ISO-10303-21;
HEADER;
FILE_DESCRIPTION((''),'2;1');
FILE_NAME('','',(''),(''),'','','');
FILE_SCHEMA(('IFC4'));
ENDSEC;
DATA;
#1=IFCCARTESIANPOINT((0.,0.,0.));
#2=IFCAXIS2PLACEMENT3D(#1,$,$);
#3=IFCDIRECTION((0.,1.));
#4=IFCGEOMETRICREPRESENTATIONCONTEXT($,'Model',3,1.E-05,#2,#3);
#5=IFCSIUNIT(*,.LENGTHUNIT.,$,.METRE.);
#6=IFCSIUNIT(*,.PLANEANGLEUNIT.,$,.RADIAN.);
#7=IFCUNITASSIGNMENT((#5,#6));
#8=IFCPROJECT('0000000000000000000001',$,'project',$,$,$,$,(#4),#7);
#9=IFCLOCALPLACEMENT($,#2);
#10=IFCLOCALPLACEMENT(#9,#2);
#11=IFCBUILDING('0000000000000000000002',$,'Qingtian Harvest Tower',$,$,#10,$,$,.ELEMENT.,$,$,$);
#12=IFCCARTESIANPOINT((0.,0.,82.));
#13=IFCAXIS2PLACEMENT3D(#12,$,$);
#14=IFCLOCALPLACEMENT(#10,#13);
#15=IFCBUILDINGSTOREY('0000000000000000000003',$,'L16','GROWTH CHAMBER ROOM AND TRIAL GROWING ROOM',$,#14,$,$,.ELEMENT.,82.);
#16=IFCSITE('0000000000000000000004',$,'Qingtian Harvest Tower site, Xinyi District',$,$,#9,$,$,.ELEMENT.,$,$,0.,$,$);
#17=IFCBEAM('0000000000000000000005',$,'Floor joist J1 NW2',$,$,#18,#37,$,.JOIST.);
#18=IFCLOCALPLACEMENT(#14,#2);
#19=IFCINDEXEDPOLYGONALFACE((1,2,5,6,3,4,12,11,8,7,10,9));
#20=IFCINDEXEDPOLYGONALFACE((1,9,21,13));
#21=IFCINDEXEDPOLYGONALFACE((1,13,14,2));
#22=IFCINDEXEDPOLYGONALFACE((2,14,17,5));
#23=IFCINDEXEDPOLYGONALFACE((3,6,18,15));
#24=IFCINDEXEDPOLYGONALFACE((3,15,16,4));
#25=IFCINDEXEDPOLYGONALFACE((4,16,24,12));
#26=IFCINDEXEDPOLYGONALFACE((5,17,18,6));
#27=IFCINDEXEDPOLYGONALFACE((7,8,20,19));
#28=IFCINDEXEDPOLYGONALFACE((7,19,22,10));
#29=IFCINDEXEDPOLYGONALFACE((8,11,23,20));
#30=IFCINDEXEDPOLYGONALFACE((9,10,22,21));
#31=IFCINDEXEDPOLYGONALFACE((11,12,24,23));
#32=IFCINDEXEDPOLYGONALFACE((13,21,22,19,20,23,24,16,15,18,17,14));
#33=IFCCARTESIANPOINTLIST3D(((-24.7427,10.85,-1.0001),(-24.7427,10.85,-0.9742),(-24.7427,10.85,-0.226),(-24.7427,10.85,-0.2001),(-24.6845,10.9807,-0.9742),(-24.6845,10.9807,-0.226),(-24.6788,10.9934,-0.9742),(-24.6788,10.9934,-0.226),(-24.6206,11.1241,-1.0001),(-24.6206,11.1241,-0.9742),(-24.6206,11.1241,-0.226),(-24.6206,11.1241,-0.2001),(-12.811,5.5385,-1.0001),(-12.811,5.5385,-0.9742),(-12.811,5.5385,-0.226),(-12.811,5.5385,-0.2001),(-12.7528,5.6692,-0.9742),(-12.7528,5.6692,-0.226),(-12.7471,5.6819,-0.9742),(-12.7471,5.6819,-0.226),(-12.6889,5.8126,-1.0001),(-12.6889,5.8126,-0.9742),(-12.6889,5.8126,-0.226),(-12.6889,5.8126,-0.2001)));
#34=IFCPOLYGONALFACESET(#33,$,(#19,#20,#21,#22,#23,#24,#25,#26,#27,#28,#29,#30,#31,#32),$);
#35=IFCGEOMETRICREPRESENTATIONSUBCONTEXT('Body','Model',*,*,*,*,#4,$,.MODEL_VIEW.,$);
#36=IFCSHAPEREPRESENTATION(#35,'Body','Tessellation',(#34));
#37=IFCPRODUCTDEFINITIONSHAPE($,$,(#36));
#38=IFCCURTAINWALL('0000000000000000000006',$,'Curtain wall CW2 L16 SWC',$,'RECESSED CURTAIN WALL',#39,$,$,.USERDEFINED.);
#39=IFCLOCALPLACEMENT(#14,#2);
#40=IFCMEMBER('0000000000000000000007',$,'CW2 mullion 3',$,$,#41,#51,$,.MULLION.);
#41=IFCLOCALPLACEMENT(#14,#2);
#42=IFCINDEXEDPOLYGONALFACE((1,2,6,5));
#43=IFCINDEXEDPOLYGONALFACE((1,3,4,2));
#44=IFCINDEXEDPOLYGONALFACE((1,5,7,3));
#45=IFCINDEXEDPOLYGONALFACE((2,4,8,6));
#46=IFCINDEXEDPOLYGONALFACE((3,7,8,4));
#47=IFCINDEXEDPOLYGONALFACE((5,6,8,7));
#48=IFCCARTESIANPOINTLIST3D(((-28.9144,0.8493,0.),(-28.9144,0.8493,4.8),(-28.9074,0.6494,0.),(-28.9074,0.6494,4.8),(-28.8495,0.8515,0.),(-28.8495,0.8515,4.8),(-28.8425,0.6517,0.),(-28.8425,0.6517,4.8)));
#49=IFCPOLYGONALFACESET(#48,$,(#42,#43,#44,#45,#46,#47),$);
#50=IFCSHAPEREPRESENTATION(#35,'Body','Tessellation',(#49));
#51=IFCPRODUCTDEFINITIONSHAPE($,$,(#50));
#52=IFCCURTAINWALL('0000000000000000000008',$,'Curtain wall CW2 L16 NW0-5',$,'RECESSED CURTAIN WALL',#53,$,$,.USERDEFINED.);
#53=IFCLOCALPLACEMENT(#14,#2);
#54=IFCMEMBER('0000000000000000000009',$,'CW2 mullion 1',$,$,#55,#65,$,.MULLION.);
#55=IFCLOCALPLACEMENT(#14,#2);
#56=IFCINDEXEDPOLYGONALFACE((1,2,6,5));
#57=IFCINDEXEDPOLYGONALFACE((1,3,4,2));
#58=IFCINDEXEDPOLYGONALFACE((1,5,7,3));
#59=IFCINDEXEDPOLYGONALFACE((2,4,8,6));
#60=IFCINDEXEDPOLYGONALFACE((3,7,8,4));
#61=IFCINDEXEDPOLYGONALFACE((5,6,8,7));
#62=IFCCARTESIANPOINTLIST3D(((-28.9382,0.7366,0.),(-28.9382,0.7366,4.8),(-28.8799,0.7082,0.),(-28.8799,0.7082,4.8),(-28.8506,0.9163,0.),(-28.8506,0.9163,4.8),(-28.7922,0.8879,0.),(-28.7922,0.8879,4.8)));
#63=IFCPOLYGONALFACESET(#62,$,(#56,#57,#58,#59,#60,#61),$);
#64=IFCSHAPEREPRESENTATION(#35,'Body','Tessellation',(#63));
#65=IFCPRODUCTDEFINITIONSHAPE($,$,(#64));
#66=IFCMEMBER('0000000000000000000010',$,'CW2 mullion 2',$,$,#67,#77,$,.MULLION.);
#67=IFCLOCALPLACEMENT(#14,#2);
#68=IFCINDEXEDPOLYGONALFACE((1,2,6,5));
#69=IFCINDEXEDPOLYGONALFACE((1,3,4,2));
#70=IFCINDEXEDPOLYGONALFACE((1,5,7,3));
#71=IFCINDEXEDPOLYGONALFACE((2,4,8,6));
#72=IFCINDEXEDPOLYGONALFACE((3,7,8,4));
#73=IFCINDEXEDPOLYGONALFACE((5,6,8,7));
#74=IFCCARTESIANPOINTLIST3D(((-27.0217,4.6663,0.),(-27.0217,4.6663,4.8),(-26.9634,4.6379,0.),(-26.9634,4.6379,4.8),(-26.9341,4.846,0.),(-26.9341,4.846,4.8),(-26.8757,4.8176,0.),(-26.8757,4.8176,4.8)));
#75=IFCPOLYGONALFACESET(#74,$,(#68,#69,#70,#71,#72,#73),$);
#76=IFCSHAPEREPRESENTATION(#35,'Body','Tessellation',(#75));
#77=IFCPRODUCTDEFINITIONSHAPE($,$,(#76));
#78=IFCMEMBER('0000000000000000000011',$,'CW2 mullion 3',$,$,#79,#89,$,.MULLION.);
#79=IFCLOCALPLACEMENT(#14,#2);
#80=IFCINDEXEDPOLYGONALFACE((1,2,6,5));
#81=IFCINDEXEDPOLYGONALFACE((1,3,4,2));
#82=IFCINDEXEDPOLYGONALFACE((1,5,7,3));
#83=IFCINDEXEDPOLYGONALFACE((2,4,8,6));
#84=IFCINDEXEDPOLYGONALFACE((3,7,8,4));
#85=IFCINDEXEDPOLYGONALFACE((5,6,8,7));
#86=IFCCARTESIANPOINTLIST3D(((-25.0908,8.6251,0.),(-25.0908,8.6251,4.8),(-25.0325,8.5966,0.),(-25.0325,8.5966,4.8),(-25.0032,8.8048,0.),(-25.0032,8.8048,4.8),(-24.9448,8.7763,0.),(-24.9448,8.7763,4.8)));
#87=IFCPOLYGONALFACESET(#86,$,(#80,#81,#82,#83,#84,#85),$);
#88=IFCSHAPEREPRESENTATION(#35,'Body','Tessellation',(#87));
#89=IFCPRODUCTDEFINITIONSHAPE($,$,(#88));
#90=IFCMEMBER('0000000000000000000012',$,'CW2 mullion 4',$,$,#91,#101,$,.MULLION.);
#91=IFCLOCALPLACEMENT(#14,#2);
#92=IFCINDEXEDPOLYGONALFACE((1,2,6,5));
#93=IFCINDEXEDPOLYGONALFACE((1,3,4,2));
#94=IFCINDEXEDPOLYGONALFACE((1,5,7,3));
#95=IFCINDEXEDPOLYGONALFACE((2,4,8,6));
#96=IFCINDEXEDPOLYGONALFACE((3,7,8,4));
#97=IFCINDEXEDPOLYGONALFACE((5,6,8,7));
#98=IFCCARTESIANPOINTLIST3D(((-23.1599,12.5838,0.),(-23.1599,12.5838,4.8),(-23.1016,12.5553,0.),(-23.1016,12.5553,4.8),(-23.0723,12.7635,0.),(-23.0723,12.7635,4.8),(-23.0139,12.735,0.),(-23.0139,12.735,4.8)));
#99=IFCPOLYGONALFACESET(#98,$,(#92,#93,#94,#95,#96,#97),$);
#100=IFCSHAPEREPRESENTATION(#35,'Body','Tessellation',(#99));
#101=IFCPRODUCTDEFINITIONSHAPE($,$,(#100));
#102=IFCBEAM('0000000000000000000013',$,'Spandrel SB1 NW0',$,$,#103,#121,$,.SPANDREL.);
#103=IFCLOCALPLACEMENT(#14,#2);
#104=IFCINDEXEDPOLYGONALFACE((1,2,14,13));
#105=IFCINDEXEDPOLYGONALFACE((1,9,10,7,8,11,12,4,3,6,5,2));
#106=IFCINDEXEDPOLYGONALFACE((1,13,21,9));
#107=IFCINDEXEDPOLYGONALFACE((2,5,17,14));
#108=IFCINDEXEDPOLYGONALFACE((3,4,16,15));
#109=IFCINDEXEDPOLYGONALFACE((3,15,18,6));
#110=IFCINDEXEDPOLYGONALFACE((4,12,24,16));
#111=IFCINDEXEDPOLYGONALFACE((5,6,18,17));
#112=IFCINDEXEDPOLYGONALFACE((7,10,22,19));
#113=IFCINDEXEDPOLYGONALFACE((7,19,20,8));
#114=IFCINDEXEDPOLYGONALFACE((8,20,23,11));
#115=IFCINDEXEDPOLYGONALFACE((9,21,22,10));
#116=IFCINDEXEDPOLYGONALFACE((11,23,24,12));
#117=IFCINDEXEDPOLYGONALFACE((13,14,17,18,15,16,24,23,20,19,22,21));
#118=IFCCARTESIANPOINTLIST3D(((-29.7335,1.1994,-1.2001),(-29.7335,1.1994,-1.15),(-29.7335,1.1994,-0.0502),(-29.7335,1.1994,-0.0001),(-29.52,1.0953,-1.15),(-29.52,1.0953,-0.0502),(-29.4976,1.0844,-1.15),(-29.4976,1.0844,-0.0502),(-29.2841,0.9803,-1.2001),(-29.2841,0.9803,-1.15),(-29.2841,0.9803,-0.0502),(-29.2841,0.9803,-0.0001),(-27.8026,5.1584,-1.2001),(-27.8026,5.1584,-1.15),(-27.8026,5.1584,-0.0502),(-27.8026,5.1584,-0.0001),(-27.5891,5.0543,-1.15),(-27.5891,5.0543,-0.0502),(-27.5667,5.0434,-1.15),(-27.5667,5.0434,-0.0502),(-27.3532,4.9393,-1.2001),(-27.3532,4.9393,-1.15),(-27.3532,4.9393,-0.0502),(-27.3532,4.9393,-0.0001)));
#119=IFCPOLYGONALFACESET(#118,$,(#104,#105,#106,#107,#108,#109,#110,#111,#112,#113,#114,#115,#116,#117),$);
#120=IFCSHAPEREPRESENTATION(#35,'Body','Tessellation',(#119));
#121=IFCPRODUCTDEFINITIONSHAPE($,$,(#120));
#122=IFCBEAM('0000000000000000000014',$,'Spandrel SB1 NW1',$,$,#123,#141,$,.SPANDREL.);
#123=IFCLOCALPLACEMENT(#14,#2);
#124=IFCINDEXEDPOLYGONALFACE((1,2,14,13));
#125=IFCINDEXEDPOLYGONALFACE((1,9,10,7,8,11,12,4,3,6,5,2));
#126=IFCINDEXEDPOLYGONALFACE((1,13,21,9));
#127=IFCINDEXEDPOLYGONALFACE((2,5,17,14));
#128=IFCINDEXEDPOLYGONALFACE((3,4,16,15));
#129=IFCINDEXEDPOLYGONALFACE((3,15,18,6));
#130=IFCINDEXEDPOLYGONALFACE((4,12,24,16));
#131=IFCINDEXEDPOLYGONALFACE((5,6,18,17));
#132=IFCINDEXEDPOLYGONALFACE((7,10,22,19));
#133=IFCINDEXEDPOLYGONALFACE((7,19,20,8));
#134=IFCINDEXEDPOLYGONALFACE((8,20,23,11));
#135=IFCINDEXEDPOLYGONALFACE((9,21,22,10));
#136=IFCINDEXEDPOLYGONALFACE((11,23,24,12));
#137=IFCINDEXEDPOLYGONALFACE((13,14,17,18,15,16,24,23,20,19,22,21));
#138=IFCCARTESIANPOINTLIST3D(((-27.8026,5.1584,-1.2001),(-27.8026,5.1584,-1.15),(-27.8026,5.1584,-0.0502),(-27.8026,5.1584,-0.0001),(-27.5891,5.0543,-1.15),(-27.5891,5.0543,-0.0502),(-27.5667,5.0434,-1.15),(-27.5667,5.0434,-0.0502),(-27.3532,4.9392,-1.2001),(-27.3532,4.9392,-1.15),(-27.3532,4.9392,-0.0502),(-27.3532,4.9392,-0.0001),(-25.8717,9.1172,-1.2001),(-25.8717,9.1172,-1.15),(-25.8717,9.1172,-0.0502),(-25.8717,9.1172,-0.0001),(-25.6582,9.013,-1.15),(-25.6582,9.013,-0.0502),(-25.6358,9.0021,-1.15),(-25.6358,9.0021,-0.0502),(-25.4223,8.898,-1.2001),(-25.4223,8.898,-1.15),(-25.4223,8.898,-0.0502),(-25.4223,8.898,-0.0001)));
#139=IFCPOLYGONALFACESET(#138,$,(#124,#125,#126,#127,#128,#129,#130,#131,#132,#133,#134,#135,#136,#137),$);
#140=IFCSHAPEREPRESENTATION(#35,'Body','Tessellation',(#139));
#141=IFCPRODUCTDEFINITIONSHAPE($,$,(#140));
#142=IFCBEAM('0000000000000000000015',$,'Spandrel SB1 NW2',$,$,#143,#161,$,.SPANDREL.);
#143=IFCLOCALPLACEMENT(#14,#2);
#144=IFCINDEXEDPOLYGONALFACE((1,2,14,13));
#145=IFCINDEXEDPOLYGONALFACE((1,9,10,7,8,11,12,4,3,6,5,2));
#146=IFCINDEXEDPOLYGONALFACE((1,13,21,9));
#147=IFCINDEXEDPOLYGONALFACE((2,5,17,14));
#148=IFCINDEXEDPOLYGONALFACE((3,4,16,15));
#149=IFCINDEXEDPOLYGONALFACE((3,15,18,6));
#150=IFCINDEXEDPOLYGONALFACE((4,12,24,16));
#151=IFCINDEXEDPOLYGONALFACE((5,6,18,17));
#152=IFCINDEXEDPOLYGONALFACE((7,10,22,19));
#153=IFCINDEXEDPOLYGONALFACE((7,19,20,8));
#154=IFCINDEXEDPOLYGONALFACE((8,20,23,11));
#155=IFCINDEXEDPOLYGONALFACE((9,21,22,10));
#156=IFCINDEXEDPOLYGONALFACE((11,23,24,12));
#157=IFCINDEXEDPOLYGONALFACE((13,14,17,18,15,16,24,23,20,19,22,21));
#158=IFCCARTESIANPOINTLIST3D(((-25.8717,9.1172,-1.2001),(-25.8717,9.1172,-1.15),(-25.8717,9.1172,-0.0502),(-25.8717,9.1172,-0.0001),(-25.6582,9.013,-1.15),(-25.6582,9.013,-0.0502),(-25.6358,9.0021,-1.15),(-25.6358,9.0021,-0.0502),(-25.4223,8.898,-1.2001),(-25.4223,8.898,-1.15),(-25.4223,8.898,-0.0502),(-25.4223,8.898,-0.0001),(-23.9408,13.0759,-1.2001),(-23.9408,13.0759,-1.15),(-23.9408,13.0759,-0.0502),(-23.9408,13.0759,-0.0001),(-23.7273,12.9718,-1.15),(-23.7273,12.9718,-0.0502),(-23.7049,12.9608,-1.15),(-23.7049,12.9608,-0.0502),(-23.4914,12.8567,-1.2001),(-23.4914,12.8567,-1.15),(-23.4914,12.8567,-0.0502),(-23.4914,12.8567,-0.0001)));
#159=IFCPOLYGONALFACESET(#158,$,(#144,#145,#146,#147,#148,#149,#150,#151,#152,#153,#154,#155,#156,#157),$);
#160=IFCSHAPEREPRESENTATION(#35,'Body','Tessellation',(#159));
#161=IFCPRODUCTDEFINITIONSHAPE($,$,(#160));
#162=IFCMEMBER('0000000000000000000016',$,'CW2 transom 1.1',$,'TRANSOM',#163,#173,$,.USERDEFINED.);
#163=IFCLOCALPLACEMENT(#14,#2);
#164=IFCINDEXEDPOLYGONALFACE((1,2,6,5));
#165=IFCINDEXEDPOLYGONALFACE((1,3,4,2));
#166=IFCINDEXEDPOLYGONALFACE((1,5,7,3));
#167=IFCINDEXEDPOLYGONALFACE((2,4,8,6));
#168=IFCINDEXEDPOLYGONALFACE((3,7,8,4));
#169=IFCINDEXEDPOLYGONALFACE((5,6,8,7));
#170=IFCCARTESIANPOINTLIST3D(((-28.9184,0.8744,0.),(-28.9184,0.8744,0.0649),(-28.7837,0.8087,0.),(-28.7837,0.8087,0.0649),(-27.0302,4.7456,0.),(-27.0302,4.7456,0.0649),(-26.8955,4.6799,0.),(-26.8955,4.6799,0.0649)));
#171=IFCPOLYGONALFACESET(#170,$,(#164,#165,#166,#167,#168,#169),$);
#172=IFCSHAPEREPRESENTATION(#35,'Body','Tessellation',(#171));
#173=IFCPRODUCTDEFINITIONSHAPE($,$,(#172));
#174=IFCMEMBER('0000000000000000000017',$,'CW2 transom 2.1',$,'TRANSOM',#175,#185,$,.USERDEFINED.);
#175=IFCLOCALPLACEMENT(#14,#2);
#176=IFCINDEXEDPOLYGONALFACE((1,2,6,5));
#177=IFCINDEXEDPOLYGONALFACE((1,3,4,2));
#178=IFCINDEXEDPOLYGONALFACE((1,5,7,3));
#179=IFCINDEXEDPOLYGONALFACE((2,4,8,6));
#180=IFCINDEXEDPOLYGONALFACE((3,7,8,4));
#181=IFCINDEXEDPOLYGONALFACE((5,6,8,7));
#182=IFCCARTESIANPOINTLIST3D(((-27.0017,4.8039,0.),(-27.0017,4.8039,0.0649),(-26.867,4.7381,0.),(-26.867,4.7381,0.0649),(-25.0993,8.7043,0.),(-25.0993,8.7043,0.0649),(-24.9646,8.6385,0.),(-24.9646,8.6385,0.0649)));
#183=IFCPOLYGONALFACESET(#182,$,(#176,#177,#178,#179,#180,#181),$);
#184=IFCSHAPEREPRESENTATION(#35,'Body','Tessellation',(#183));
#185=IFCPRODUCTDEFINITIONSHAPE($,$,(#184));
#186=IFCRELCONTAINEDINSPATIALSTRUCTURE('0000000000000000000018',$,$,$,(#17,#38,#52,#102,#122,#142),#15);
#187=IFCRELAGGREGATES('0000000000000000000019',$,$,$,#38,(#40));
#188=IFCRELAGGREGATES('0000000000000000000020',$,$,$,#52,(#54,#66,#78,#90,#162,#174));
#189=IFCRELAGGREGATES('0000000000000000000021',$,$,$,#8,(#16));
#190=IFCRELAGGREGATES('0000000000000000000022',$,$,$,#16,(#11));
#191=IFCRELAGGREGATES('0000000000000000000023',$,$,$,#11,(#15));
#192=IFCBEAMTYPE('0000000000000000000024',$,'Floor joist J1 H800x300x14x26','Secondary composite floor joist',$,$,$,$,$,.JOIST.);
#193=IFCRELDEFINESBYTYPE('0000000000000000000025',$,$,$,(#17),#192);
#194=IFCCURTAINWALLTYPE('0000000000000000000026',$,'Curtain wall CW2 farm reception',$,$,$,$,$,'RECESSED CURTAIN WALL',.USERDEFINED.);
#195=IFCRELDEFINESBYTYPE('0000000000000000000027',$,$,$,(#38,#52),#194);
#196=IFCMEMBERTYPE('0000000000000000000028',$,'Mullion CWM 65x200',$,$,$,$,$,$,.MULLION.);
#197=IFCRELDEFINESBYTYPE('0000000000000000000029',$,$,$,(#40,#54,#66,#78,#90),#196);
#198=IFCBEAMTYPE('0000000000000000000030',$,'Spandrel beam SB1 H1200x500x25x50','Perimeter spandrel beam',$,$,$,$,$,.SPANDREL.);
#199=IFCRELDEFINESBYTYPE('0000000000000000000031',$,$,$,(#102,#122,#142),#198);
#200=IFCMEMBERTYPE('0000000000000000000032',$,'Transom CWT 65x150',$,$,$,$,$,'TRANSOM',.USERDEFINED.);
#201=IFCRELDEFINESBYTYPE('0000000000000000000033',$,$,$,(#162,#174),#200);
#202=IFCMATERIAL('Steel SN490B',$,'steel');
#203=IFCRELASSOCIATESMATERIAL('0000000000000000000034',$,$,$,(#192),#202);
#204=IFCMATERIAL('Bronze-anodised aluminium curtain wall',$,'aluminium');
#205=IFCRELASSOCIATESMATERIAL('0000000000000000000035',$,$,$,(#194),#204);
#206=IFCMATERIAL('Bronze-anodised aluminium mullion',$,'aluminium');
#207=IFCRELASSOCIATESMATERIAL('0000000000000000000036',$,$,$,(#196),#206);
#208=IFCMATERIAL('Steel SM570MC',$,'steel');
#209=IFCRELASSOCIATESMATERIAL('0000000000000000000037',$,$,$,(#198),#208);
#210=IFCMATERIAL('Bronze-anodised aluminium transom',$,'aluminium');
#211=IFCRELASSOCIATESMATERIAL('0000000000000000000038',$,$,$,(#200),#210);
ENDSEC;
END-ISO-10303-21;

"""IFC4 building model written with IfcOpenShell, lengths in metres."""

from ifc_helpers import new_model, si_unit, direction, frame, origin, origin_2d, place, context, subcontext, project, spatial, rectangle, i_section, extrude, material, material_profile, profile_set, type_object, element, aggregate, save


model = new_model("IFC4")

# Units and contexts
model_context = context("Model", 3, precision=1e-05, world=origin(), true_north=direction((0.0, 1.0)))
body_context = subcontext(model_context, "Body", "Model", "MODEL_VIEW")
ifc_project = project(units=[si_unit("LENGTHUNIT", "METRE"), si_unit("PLANEANGLEUNIT", "RADIAN")], contexts=[model_context])

# Site, building, storey
site_placement = place(None, origin())
site = spatial("IfcSite", under=ifc_project, at=site_placement, Name="Qingtian Harvest Tower site, Xinyi District", CompositionType="ELEMENT", RefElevation=0.0)
building_placement = place(site_placement, origin())
building = spatial("IfcBuilding", under=site, at=building_placement, Name="Qingtian Harvest Tower", CompositionType="ELEMENT")
storey_placement = place(building_placement, frame((0.0, 0.0, 82.0)))
storey = spatial("IfcBuildingStorey", under=building, at=storey_placement, Name="L16", Description="GROWTH CHAMBER ROOM AND TRIAL GROWING ROOM", CompositionType="ELEMENT", Elevation=82.0)

# Beam
ifc_material_1 = material(Name="Steel SN490B", Category="steel")
ifc_material_profile_1 = material_profile(ifc_material_1, i_section(OverallWidth=0.3, OverallDepth=0.8, WebThickness=0.0139, FlangeThickness=0.0259, at=origin_2d()), Name="H800x300x14x26")
ifc_profile_set_1 = profile_set([ifc_material_profile_1], Name="Steel SN490B")
beam_type_1 = type_object("IfcBeamType", Name="Floor joist J1 H800x300x14x26", Description="Secondary composite floor joist", PredefinedType="JOIST", material=ifc_profile_set_1)
beam_1_placement = place(storey_placement, frame((-24.6816, 10.9871, -0.6001), z_axis=(0.913568, -0.406686, 0.0), x_axis=(0.406686, 0.913568, 0.0)))
element("IfcBeam", 1, at=beam_1_placement, inside=storey, type_object=beam_type_1, Name="Floor joist J1 NW2", PredefinedType="JOIST", context=body_context, shape_type="SweptSolid", body=[
    extrude(i_section(OverallWidth=0.3, OverallDepth=0.8, WebThickness=0.0139, FlangeThickness=0.0259, at=origin_2d()), origin(), (0.0, 0.0, 1.0), 13.0605),
])

# Curtain wall, member
ifc_material_2 = material(Name="Bronze-anodised aluminium curtain wall", Category="aluminium")
curtain_wall_type = type_object("IfcCurtainWallType", Name="Curtain wall CW2 farm reception", ElementType="RECESSED CURTAIN WALL", PredefinedType="USERDEFINED", material=ifc_material_2)
curtain_wall_1_placement = place(storey_placement, origin())
curtain_wall_1 = element("IfcCurtainWall", 2, at=curtain_wall_1_placement, inside=storey, type_object=curtain_wall_type, Name="Curtain wall CW2 L16 SWC", ObjectType="RECESSED CURTAIN WALL", PredefinedType="USERDEFINED")
ifc_material_3 = material(Name="Bronze-anodised aluminium mullion", Category="aluminium")
ifc_material_profile_2 = material_profile(ifc_material_3, rectangle(XDim=0.0649, YDim=0.2, at=origin_2d()), Name="AL 65x200")
ifc_profile_set_2 = profile_set([ifc_material_profile_2], Name="Bronze-anodised aluminium mullion")
member_type_1 = type_object("IfcMemberType", Name="Mullion CWM 65x200", PredefinedType="MULLION", material=ifc_profile_set_2)
member_1_placement = place(storey_placement, frame((-28.8784, 0.7505, 0.0), z_axis=(0.0, 0.0, 1.0), x_axis=(-0.999391, -0.034899, 0.0)))
member_1 = element("IfcMember", 3, at=member_1_placement, type_object=member_type_1, Name="CW2 mullion 3", PredefinedType="MULLION", context=body_context, shape_type="SweptSolid", body=[
    extrude(rectangle(XDim=0.0649, YDim=0.2, at=origin_2d()), origin(), (0.0, 0.0, 1.0), 4.8),
])
aggregate(curtain_wall_1, [member_1])

# Curtain wall, members
curtain_wall_2_placement = place(storey_placement, origin())
curtain_wall_2 = element("IfcCurtainWall", 4, at=curtain_wall_2_placement, inside=storey, type_object=curtain_wall_type, Name="Curtain wall CW2 L16 NW0-5", ObjectType="RECESSED CURTAIN WALL", PredefinedType="USERDEFINED")
member_2_placement = place(storey_placement, frame((-28.8652, 0.8123, 0.0), z_axis=(0.0, 0.0, 1.0), x_axis=(-0.898794, 0.438371, 0.0)))
member_2 = element("IfcMember", 5, at=member_2_placement, type_object=member_type_1, Name="CW2 mullion 1", PredefinedType="MULLION", context=body_context, shape_type="SweptSolid", body=[
    extrude(rectangle(XDim=0.0649, YDim=0.2, at=origin_2d()), origin(), (0.0, 0.0, 1.0), 4.8),
])
member_3_placement = place(storey_placement, frame((-26.9487, 4.7419, 0.0), z_axis=(0.0, 0.0, 1.0), x_axis=(-0.898794, 0.438371, 0.0)))
member_3 = element("IfcMember", 6, at=member_3_placement, type_object=member_type_1, Name="CW2 mullion 2", PredefinedType="MULLION", context=body_context, shape_type="SweptSolid", body=[
    extrude(rectangle(XDim=0.0649, YDim=0.2, at=origin_2d()), origin(), (0.0, 0.0, 1.0), 4.8),
])
member_4_placement = place(storey_placement, frame((-25.0178, 8.7007, 0.0), z_axis=(0.0, 0.0, 1.0), x_axis=(-0.898794, 0.438371, 0.0)))
member_4 = element("IfcMember", 7, at=member_4_placement, type_object=member_type_1, Name="CW2 mullion 3", PredefinedType="MULLION", context=body_context, shape_type="SweptSolid", body=[
    extrude(rectangle(XDim=0.0649, YDim=0.2, at=origin_2d()), origin(), (0.0, 0.0, 1.0), 4.8),
])
member_5_placement = place(storey_placement, frame((-23.0869, 12.6594, 0.0), z_axis=(0.0, 0.0, 1.0), x_axis=(-0.898794, 0.438371, 0.0)))
member_5 = element("IfcMember", 8, at=member_5_placement, type_object=member_type_1, Name="CW2 mullion 4", PredefinedType="MULLION", context=body_context, shape_type="SweptSolid", body=[
    extrude(rectangle(XDim=0.0649, YDim=0.2, at=origin_2d()), origin(), (0.0, 0.0, 1.0), 4.8),
])

# Beams
ifc_material_4 = material(Name="Steel SM570MC", Category="steel")
ifc_material_profile_3 = material_profile(ifc_material_4, i_section(OverallWidth=0.5, OverallDepth=1.2, WebThickness=0.0249, FlangeThickness=0.05, at=origin_2d()), Name="H1200x500x25x50")
ifc_profile_set_3 = profile_set([ifc_material_profile_3], Name="Steel SM570MC")
beam_type_2 = type_object("IfcBeamType", Name="Spandrel beam SB1 H1200x500x25x50", Description="Perimeter spandrel beam", PredefinedType="SPANDREL", material=ifc_profile_set_3)
beam_2_placement = place(storey_placement, frame((-29.5088, 1.0898, -0.6001), z_axis=(0.438368, 0.898796, 0.0), x_axis=(-0.898796, 0.438368, 0.0)))
element("IfcBeam", 9, at=beam_2_placement, inside=storey, type_object=beam_type_2, Name="Spandrel SB1 NW0", PredefinedType="SPANDREL", context=body_context, shape_type="SweptSolid", body=[
    extrude(i_section(OverallWidth=0.5, OverallDepth=1.2, WebThickness=0.0249, FlangeThickness=0.05, at=origin_2d()), origin(), (0.0, 0.0, 1.0), 4.4048),
])
for number, where, z_axis, x_axis, name in (
    (10, (-27.5779, 5.0488, -0.6001), (0.43839, 0.898785, 0.0), (-0.898785, 0.43839, 0.0), "Spandrel SB1 NW1"),
    (11, (-25.647, 9.0076, -0.6001), (0.43839, 0.898785, 0.0), (-0.898785, 0.43839, 0.0), "Spandrel SB1 NW2"),
):
    element("IfcBeam", number, at=place(storey_placement, frame(where, z_axis=z_axis, x_axis=x_axis)), inside=storey, type_object=beam_type_2, Name=name, PredefinedType="SPANDREL", context=body_context, shape_type="SweptSolid", body=[
        extrude(i_section(OverallWidth=0.5, OverallDepth=1.2, WebThickness=0.0249, FlangeThickness=0.05, at=origin_2d()), origin(), (0.0, 0.0, 1.0), 4.4045),
    ])

# Members
ifc_material_5 = material(Name="Bronze-anodised aluminium transom", Category="aluminium")
ifc_material_profile_4 = material_profile(ifc_material_5, rectangle(XDim=0.1499, YDim=0.0649, at=origin_2d()), Name="AL 65x150")
ifc_profile_set_4 = profile_set([ifc_material_profile_4], Name="Bronze-anodised aluminium transom")
member_type_2 = type_object("IfcMemberType", Name="Transom CWT 65x150", ElementType="TRANSOM", PredefinedType="USERDEFINED", material=ifc_profile_set_4)
member_6_placement = place(storey_placement, frame((-28.8511, 0.8416, 0.0325), z_axis=(0.438395, 0.898783, 0.0), x_axis=(-0.898783, 0.438395, 0.0)))
member_6 = element("IfcMember", 12, at=member_6_placement, type_object=member_type_2, Name="CW2 transom 1.1", ObjectType="TRANSOM", PredefinedType="USERDEFINED", context=body_context, shape_type="SweptSolid", body=[
    extrude(rectangle(XDim=0.1499, YDim=0.0649, at=origin_2d()), origin(), (0.0, 0.0, 1.0), 4.3071),
])
member_7_placement = place(storey_placement, frame((-26.9343, 4.771, 0.0325), z_axis=(0.43837, 0.898794, 0.0), x_axis=(-0.898794, 0.43837, 0.0)))
member_7 = element("IfcMember", 13, at=member_7_placement, type_object=member_type_2, Name="CW2 transom 2.1", ObjectType="TRANSOM", PredefinedType="USERDEFINED", context=body_context, shape_type="SweptSolid", body=[
    extrude(rectangle(XDim=0.1499, YDim=0.0649, at=origin_2d()), origin(), (0.0, 0.0, 1.0), 4.3396),
])

aggregate(curtain_wall_2, [member_2, member_3, member_4, member_5, member_6, member_7])

save(model, "model.ifc")
